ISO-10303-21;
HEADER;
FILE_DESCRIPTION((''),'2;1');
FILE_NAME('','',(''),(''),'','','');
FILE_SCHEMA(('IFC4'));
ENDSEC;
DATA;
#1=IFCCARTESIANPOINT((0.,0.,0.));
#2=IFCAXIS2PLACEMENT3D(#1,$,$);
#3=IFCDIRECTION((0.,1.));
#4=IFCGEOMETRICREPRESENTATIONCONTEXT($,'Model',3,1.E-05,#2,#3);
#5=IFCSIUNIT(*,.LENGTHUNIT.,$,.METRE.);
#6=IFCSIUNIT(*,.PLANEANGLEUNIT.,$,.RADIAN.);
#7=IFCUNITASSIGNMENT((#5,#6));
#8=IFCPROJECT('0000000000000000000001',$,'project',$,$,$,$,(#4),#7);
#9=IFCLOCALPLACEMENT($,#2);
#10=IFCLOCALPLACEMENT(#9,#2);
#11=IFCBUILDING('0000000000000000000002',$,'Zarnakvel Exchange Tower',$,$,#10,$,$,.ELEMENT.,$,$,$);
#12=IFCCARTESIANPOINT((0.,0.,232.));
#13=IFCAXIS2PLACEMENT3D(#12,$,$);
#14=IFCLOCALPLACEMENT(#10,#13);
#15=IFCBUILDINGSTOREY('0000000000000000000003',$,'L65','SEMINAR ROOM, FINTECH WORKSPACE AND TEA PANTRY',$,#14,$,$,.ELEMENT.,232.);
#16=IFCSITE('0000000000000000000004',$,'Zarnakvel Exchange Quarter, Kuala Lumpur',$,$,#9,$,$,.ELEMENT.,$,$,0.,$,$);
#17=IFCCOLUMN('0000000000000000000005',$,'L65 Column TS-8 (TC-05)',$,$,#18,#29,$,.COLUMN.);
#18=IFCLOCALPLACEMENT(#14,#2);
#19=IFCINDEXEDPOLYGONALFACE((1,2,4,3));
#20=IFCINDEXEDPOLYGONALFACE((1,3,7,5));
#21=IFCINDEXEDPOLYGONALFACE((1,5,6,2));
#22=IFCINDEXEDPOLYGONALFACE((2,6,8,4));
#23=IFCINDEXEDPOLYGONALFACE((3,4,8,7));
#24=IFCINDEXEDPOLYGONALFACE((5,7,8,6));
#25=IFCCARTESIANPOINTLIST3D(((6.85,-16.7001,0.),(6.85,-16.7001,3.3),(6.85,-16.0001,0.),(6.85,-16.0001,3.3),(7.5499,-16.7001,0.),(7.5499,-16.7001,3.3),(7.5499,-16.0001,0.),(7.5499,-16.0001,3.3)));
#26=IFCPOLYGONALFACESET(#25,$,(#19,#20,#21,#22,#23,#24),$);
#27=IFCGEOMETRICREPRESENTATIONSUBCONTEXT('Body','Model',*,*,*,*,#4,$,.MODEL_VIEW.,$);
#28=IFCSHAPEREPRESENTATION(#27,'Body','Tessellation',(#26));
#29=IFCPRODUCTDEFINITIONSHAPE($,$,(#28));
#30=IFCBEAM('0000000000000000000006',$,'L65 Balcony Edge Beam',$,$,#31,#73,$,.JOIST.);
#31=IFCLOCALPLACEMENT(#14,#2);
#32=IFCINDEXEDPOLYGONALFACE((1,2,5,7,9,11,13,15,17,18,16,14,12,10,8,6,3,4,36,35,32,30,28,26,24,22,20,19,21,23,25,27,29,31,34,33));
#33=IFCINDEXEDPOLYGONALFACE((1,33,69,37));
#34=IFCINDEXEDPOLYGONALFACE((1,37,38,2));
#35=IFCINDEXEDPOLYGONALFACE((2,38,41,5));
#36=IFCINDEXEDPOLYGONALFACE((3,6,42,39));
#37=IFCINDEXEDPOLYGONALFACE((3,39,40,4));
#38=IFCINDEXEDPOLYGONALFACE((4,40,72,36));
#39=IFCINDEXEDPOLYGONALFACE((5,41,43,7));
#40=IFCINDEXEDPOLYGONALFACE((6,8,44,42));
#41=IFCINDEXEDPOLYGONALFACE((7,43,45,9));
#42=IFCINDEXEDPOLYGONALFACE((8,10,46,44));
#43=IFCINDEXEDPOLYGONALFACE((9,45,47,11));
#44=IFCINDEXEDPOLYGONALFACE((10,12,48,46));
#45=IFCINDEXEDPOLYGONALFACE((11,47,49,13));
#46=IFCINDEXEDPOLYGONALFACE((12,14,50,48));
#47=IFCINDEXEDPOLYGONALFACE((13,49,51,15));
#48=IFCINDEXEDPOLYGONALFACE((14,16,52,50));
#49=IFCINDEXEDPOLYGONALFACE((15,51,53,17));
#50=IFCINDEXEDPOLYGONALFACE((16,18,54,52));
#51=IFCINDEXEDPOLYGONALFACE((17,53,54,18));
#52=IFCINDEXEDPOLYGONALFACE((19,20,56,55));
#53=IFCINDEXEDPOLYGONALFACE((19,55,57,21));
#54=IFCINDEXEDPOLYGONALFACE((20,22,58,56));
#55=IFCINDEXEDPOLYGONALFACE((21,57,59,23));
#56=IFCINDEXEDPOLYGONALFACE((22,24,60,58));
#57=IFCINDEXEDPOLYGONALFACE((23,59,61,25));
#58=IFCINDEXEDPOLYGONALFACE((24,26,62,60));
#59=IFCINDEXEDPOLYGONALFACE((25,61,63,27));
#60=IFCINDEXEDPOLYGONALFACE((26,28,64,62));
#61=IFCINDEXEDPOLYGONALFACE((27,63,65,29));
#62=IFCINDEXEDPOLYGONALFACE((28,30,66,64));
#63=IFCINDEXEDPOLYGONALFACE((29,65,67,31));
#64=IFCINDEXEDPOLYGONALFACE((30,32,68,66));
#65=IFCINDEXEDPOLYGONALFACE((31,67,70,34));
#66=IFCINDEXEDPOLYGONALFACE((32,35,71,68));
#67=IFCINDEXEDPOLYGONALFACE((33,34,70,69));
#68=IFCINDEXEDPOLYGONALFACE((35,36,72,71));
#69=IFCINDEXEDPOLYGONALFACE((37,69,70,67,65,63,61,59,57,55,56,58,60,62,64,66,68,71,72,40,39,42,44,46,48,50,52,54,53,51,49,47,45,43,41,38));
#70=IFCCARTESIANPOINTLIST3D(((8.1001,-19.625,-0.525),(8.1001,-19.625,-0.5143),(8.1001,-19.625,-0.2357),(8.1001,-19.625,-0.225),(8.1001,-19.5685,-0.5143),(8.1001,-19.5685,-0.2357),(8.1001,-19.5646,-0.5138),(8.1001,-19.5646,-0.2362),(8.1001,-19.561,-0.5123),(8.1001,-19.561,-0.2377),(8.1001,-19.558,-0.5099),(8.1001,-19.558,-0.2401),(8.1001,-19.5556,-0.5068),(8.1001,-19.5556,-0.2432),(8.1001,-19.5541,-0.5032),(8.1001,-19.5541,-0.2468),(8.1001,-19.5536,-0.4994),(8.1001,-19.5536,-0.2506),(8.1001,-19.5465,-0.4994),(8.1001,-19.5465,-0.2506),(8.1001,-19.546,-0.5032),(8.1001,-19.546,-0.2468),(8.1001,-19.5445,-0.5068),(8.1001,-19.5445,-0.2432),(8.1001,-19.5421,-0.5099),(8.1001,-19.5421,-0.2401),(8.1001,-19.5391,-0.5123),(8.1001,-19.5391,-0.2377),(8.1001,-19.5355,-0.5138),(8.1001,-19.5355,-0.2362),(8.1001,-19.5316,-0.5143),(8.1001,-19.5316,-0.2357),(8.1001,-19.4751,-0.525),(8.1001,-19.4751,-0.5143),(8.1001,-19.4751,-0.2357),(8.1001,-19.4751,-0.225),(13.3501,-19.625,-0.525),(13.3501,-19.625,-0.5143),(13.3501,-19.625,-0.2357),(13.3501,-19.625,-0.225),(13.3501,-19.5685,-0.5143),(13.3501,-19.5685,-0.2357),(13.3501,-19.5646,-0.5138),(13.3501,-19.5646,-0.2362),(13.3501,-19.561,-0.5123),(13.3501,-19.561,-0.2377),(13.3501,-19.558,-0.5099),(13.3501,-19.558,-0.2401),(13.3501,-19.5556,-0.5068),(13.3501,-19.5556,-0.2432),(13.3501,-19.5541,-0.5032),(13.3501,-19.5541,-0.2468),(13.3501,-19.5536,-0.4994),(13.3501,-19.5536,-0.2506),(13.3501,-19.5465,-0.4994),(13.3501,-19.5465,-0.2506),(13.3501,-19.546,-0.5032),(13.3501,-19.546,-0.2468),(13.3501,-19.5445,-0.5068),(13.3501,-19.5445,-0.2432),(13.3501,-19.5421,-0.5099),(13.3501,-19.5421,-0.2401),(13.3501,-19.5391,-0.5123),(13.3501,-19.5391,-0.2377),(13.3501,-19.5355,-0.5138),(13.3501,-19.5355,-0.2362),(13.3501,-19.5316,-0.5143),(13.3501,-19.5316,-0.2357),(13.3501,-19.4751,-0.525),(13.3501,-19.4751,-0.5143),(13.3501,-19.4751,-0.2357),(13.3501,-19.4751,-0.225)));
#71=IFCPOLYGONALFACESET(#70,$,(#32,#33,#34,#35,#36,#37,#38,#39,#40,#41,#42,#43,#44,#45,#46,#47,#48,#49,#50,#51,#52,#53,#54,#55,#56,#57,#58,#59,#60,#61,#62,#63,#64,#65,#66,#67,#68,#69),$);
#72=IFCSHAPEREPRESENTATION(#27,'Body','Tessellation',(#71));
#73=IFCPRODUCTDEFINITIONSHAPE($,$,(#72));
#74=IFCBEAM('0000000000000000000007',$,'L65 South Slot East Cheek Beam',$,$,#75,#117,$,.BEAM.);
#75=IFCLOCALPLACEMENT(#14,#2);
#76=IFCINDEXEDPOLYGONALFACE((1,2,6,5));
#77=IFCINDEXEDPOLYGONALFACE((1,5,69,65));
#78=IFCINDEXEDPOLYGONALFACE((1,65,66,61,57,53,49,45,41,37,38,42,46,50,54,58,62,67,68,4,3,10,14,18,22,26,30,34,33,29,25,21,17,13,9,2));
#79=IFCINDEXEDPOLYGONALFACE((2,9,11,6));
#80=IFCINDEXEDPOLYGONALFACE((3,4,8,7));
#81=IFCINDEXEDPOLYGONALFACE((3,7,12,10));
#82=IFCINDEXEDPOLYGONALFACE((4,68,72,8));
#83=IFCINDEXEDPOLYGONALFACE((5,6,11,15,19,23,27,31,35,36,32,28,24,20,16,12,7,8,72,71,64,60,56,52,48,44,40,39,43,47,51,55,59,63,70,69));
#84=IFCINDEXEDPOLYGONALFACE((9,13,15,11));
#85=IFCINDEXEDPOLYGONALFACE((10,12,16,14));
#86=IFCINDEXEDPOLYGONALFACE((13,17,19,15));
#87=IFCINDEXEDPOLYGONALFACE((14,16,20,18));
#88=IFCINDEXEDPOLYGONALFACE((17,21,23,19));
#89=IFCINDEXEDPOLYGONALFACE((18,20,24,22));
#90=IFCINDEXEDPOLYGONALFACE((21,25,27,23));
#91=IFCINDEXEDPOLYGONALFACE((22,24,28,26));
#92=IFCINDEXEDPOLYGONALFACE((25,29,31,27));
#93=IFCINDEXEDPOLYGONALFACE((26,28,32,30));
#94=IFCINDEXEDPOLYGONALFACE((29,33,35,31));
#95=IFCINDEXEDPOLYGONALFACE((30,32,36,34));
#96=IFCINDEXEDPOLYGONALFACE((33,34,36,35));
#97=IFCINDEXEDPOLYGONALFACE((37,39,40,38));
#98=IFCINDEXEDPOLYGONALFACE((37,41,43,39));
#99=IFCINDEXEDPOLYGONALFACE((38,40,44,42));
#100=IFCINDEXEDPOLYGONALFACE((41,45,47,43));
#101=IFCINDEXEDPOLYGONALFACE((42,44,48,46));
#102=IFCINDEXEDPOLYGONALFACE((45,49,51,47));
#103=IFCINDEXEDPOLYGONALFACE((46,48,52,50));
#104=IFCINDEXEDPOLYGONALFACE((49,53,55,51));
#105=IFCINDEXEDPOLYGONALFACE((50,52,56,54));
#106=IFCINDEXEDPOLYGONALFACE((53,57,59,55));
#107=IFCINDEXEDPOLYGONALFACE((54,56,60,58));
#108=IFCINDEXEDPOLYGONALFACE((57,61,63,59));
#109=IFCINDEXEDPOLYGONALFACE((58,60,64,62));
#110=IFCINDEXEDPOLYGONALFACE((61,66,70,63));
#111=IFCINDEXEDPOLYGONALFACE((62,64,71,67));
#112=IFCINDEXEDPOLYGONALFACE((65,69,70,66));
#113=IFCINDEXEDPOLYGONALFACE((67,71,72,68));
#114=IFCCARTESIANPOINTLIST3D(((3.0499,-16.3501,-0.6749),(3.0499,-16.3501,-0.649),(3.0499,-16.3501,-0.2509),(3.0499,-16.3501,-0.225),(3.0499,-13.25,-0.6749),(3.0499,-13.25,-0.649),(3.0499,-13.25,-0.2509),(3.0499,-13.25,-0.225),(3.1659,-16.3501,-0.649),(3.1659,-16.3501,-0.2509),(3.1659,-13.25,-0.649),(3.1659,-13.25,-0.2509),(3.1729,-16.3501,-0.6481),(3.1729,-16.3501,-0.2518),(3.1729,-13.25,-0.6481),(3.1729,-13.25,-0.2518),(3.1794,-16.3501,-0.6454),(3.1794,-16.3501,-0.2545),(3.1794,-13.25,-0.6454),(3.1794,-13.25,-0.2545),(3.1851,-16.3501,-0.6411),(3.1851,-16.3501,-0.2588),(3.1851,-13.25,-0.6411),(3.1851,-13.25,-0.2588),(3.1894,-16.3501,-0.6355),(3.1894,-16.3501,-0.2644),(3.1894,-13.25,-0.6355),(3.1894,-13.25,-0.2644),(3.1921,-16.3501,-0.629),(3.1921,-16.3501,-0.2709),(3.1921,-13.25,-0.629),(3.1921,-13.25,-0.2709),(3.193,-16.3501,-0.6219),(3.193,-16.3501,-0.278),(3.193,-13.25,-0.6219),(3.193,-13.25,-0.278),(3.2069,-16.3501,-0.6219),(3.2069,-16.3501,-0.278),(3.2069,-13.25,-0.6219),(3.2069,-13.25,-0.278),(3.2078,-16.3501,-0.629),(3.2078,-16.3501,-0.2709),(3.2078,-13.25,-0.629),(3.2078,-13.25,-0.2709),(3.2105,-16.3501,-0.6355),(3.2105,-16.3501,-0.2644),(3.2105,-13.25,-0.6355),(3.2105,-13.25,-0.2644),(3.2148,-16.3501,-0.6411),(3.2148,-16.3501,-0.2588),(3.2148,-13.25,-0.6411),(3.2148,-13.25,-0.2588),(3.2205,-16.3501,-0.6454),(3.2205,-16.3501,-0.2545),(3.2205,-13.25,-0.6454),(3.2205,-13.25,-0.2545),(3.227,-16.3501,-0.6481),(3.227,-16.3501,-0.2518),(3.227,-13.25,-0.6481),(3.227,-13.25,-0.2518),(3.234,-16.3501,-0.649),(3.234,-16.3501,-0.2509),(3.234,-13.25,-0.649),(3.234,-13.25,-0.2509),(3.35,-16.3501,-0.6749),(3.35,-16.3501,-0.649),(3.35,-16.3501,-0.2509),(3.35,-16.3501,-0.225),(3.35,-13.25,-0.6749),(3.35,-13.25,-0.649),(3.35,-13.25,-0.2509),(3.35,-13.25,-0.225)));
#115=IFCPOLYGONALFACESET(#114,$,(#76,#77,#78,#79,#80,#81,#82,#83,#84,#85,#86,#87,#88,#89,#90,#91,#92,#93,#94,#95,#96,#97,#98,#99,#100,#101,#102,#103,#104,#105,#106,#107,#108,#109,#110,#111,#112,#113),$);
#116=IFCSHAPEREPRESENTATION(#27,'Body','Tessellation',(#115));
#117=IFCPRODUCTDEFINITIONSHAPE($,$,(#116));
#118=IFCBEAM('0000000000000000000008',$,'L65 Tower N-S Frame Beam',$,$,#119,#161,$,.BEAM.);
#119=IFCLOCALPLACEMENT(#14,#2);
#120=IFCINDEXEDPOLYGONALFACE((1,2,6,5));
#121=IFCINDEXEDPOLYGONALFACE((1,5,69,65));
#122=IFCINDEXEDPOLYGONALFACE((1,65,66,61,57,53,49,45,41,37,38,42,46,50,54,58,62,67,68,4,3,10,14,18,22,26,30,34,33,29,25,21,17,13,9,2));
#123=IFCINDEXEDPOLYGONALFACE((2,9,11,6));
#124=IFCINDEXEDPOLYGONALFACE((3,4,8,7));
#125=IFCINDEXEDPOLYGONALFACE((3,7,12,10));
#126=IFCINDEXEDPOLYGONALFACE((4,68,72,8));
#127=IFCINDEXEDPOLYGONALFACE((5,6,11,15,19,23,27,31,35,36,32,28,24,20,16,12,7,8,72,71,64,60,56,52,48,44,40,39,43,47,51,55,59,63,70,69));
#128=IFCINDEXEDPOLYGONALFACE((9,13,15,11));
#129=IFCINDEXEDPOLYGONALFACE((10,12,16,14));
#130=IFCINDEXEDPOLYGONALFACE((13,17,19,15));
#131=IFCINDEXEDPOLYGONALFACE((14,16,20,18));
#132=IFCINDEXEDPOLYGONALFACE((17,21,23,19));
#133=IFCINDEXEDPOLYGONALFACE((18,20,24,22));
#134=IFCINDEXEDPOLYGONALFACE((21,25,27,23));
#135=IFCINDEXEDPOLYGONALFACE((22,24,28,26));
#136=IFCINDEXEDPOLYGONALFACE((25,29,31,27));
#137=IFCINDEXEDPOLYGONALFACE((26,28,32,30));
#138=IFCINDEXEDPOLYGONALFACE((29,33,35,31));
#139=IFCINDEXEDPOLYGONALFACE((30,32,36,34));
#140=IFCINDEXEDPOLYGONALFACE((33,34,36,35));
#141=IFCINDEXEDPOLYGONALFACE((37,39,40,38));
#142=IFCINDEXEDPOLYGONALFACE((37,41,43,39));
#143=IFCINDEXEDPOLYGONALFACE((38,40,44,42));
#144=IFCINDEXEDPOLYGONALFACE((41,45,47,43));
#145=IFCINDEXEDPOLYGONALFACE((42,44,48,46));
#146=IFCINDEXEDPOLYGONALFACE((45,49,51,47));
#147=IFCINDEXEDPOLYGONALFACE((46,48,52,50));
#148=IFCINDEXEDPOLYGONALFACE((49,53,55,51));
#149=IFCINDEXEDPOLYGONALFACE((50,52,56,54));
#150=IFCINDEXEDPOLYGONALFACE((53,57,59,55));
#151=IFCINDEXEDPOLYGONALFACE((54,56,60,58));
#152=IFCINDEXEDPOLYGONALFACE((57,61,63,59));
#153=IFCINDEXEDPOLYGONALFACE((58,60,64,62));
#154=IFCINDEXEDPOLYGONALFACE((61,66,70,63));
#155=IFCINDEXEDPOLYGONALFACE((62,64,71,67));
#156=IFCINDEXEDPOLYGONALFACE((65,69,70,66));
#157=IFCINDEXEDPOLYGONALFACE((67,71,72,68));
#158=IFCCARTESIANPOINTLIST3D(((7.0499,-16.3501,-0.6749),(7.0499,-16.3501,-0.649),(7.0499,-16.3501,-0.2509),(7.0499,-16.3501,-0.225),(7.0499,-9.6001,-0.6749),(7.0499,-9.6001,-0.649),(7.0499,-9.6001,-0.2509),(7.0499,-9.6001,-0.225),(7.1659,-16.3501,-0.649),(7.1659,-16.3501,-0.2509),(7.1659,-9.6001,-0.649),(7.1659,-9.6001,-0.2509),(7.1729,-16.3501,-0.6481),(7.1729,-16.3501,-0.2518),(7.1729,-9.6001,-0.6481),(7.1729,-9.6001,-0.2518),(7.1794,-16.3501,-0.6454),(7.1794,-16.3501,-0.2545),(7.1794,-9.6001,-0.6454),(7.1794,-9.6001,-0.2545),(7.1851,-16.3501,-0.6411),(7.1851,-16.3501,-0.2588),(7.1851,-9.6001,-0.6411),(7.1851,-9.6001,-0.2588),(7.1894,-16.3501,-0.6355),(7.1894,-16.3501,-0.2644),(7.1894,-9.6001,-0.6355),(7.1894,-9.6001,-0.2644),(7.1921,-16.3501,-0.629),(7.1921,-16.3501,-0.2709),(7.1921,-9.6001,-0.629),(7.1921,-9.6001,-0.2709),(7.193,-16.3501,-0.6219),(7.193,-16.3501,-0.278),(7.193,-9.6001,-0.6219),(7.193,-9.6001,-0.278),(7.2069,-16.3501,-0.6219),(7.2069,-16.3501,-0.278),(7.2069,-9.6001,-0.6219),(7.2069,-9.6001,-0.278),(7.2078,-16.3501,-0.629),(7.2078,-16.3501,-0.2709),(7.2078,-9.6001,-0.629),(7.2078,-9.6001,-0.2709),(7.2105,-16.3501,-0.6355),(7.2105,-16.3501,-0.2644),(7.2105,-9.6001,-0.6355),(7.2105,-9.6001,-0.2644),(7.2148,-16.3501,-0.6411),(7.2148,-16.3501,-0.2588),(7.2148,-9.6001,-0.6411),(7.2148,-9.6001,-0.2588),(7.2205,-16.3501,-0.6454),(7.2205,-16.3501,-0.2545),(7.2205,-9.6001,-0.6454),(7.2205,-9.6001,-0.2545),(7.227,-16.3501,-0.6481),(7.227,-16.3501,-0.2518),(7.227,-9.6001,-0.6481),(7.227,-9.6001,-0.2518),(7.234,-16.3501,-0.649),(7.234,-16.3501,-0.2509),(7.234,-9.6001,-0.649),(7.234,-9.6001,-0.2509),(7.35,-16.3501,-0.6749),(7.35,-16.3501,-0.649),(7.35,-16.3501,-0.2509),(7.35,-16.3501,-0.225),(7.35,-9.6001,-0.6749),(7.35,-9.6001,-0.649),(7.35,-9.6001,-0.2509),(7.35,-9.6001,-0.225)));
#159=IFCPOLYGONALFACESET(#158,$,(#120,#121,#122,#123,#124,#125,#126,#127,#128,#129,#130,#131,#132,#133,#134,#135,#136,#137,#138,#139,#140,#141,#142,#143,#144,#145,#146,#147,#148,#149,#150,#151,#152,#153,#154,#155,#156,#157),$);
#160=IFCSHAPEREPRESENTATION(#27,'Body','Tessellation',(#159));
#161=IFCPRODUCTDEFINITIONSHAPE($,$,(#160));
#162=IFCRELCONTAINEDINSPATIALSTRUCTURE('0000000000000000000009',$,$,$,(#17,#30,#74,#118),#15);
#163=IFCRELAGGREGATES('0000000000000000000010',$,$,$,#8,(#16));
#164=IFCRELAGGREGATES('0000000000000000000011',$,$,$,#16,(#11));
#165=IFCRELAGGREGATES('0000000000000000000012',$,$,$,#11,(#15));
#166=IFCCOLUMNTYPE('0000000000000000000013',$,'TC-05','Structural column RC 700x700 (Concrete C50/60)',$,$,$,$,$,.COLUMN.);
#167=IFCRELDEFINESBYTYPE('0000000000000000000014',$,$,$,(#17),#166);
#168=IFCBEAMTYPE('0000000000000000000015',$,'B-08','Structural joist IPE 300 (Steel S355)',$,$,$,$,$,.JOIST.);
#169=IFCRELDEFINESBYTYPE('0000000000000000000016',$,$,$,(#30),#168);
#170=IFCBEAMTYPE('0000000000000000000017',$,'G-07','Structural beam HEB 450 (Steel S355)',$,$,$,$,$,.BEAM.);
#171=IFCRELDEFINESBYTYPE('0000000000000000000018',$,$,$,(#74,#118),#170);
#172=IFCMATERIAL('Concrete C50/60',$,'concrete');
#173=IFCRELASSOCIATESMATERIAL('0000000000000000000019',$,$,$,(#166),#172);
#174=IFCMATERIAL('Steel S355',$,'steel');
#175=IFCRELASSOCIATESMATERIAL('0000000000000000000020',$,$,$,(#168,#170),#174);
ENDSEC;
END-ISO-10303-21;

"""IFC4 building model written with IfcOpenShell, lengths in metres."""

from ifc_helpers import new_model, si_unit, direction, frame, origin, origin_2d, place, context, subcontext, project, spatial, rectangle, i_section, extrude, material, material_profile, profile_set, type_object, element, save


model = new_model("IFC4")

# Units and contexts
model_context = context("Model", 3, precision=1e-05, world=origin(), true_north=direction((0.0, 1.0)))
body_context = subcontext(model_context, "Body", "Model", "MODEL_VIEW")
ifc_project = project(units=[si_unit("LENGTHUNIT", "METRE"), si_unit("PLANEANGLEUNIT", "RADIAN")], contexts=[model_context])

# Site, building, storey
site_placement = place(None, origin())
site = spatial("IfcSite", under=ifc_project, at=site_placement, Name="Zarnakvel Exchange Quarter, Kuala Lumpur", CompositionType="ELEMENT", RefElevation=0.0)
building_placement = place(site_placement, origin())
building = spatial("IfcBuilding", under=site, at=building_placement, Name="Zarnakvel Exchange Tower", CompositionType="ELEMENT")
storey_placement = place(building_placement, frame((0.0, 0.0, 232.0)))
storey = spatial("IfcBuildingStorey", under=building, at=storey_placement, Name="L65", Description="SEMINAR ROOM, FINTECH WORKSPACE AND TEA PANTRY", CompositionType="ELEMENT", Elevation=232.0)

# Column
ifc_material_1 = material(Name="Concrete C50/60", Category="concrete")
ifc_material_profile_1 = material_profile(ifc_material_1, rectangle(XDim=0.7, YDim=0.7, at=origin_2d()))
ifc_profile_set_1 = profile_set([ifc_material_profile_1], Name="Concrete C50/60")
column_type = type_object("IfcColumnType", Name="TC-05", Description="Structural column RC 700x700 (Concrete C50/60)", PredefinedType="COLUMN", material=ifc_profile_set_1)
column_placement = place(storey_placement, frame((7.2, -16.3501, 0.0), z_axis=(0.0, 0.0, 1.0), x_axis=(1.0, 0.0, 0.0)))
element("IfcColumn", 1, at=column_placement, inside=storey, type_object=column_type, Name="L65 Column TS-8 (TC-05)", PredefinedType="COLUMN", context=body_context, shape_type="SweptSolid", body=[
    extrude(rectangle(XDim=0.7, YDim=0.7, at=origin_2d()), origin(), (0.0, 0.0, 1.0), 3.3),
])

# Beams
ifc_material_2 = material(Name="Steel S355", Category="steel")
ifc_material_profile_2 = material_profile(ifc_material_2, i_section(OverallWidth=0.1499, OverallDepth=0.3, WebThickness=0.0071, FlangeThickness=0.0107, FilletRadius=0.0149, at=origin_2d()))
ifc_profile_set_2 = profile_set([ifc_material_profile_2], Name="Steel S355")
beam_type_1 = type_object("IfcBeamType", Name="B-08", Description="Structural joist IPE 300 (Steel S355)", PredefinedType="JOIST", material=ifc_profile_set_2)
beam_1_placement = place(storey_placement, frame((8.1001, -19.55, -0.375), z_axis=(1.0, 0.0, 0.0), x_axis=(0.0, 1.0, 0.0)))
element("IfcBeam", 2, at=beam_1_placement, inside=storey, type_object=beam_type_1, Name="L65 Balcony Edge Beam", PredefinedType="JOIST", context=body_context, shape_type="SweptSolid", body=[
    extrude(i_section(OverallWidth=0.1499, OverallDepth=0.3, WebThickness=0.0071, FlangeThickness=0.0107, FilletRadius=0.0149, at=origin_2d()), origin(), (0.0, 0.0, 1.0), 5.25),
])
ifc_material_profile_3 = material_profile(ifc_material_2, i_section(OverallWidth=0.3, OverallDepth=0.45, WebThickness=0.0139, FlangeThickness=0.0259, FilletRadius=0.0271, at=origin_2d()))
ifc_profile_set_3 = profile_set([ifc_material_profile_3], Name="Steel S355")
beam_type_2 = type_object("IfcBeamType", Name="G-07", Description="Structural beam HEB 450 (Steel S355)", PredefinedType="BEAM", material=ifc_profile_set_3)
beam_2_placement = place(storey_placement, frame((3.2, -16.3501, -0.45), z_axis=(0.0, 1.0, 0.0), x_axis=(-1.0, 0.0, 0.0)))
element("IfcBeam", 3, at=beam_2_placement, inside=storey, type_object=beam_type_2, Name="L65 South Slot East Cheek Beam", PredefinedType="BEAM", context=body_context, shape_type="SweptSolid", body=[
    extrude(i_section(OverallWidth=0.3, OverallDepth=0.45, WebThickness=0.0139, FlangeThickness=0.0259, FilletRadius=0.0271, at=origin_2d()), origin(), (0.0, 0.0, 1.0), 3.1001),
])
beam_3_placement = place(storey_placement, frame((7.2, -16.3501, -0.45), z_axis=(0.0, 1.0, 0.0), x_axis=(-1.0, 0.0, 0.0)))
element("IfcBeam", 4, at=beam_3_placement, inside=storey, type_object=beam_type_2, Name="L65 Tower N-S Frame Beam", PredefinedType="BEAM", context=body_context, shape_type="SweptSolid", body=[
    extrude(i_section(OverallWidth=0.3, OverallDepth=0.45, WebThickness=0.0139, FlangeThickness=0.0259, FilletRadius=0.0271, at=origin_2d()), origin(), (0.0, 0.0, 1.0), 6.75),
])

save(model, "model.ifc")
